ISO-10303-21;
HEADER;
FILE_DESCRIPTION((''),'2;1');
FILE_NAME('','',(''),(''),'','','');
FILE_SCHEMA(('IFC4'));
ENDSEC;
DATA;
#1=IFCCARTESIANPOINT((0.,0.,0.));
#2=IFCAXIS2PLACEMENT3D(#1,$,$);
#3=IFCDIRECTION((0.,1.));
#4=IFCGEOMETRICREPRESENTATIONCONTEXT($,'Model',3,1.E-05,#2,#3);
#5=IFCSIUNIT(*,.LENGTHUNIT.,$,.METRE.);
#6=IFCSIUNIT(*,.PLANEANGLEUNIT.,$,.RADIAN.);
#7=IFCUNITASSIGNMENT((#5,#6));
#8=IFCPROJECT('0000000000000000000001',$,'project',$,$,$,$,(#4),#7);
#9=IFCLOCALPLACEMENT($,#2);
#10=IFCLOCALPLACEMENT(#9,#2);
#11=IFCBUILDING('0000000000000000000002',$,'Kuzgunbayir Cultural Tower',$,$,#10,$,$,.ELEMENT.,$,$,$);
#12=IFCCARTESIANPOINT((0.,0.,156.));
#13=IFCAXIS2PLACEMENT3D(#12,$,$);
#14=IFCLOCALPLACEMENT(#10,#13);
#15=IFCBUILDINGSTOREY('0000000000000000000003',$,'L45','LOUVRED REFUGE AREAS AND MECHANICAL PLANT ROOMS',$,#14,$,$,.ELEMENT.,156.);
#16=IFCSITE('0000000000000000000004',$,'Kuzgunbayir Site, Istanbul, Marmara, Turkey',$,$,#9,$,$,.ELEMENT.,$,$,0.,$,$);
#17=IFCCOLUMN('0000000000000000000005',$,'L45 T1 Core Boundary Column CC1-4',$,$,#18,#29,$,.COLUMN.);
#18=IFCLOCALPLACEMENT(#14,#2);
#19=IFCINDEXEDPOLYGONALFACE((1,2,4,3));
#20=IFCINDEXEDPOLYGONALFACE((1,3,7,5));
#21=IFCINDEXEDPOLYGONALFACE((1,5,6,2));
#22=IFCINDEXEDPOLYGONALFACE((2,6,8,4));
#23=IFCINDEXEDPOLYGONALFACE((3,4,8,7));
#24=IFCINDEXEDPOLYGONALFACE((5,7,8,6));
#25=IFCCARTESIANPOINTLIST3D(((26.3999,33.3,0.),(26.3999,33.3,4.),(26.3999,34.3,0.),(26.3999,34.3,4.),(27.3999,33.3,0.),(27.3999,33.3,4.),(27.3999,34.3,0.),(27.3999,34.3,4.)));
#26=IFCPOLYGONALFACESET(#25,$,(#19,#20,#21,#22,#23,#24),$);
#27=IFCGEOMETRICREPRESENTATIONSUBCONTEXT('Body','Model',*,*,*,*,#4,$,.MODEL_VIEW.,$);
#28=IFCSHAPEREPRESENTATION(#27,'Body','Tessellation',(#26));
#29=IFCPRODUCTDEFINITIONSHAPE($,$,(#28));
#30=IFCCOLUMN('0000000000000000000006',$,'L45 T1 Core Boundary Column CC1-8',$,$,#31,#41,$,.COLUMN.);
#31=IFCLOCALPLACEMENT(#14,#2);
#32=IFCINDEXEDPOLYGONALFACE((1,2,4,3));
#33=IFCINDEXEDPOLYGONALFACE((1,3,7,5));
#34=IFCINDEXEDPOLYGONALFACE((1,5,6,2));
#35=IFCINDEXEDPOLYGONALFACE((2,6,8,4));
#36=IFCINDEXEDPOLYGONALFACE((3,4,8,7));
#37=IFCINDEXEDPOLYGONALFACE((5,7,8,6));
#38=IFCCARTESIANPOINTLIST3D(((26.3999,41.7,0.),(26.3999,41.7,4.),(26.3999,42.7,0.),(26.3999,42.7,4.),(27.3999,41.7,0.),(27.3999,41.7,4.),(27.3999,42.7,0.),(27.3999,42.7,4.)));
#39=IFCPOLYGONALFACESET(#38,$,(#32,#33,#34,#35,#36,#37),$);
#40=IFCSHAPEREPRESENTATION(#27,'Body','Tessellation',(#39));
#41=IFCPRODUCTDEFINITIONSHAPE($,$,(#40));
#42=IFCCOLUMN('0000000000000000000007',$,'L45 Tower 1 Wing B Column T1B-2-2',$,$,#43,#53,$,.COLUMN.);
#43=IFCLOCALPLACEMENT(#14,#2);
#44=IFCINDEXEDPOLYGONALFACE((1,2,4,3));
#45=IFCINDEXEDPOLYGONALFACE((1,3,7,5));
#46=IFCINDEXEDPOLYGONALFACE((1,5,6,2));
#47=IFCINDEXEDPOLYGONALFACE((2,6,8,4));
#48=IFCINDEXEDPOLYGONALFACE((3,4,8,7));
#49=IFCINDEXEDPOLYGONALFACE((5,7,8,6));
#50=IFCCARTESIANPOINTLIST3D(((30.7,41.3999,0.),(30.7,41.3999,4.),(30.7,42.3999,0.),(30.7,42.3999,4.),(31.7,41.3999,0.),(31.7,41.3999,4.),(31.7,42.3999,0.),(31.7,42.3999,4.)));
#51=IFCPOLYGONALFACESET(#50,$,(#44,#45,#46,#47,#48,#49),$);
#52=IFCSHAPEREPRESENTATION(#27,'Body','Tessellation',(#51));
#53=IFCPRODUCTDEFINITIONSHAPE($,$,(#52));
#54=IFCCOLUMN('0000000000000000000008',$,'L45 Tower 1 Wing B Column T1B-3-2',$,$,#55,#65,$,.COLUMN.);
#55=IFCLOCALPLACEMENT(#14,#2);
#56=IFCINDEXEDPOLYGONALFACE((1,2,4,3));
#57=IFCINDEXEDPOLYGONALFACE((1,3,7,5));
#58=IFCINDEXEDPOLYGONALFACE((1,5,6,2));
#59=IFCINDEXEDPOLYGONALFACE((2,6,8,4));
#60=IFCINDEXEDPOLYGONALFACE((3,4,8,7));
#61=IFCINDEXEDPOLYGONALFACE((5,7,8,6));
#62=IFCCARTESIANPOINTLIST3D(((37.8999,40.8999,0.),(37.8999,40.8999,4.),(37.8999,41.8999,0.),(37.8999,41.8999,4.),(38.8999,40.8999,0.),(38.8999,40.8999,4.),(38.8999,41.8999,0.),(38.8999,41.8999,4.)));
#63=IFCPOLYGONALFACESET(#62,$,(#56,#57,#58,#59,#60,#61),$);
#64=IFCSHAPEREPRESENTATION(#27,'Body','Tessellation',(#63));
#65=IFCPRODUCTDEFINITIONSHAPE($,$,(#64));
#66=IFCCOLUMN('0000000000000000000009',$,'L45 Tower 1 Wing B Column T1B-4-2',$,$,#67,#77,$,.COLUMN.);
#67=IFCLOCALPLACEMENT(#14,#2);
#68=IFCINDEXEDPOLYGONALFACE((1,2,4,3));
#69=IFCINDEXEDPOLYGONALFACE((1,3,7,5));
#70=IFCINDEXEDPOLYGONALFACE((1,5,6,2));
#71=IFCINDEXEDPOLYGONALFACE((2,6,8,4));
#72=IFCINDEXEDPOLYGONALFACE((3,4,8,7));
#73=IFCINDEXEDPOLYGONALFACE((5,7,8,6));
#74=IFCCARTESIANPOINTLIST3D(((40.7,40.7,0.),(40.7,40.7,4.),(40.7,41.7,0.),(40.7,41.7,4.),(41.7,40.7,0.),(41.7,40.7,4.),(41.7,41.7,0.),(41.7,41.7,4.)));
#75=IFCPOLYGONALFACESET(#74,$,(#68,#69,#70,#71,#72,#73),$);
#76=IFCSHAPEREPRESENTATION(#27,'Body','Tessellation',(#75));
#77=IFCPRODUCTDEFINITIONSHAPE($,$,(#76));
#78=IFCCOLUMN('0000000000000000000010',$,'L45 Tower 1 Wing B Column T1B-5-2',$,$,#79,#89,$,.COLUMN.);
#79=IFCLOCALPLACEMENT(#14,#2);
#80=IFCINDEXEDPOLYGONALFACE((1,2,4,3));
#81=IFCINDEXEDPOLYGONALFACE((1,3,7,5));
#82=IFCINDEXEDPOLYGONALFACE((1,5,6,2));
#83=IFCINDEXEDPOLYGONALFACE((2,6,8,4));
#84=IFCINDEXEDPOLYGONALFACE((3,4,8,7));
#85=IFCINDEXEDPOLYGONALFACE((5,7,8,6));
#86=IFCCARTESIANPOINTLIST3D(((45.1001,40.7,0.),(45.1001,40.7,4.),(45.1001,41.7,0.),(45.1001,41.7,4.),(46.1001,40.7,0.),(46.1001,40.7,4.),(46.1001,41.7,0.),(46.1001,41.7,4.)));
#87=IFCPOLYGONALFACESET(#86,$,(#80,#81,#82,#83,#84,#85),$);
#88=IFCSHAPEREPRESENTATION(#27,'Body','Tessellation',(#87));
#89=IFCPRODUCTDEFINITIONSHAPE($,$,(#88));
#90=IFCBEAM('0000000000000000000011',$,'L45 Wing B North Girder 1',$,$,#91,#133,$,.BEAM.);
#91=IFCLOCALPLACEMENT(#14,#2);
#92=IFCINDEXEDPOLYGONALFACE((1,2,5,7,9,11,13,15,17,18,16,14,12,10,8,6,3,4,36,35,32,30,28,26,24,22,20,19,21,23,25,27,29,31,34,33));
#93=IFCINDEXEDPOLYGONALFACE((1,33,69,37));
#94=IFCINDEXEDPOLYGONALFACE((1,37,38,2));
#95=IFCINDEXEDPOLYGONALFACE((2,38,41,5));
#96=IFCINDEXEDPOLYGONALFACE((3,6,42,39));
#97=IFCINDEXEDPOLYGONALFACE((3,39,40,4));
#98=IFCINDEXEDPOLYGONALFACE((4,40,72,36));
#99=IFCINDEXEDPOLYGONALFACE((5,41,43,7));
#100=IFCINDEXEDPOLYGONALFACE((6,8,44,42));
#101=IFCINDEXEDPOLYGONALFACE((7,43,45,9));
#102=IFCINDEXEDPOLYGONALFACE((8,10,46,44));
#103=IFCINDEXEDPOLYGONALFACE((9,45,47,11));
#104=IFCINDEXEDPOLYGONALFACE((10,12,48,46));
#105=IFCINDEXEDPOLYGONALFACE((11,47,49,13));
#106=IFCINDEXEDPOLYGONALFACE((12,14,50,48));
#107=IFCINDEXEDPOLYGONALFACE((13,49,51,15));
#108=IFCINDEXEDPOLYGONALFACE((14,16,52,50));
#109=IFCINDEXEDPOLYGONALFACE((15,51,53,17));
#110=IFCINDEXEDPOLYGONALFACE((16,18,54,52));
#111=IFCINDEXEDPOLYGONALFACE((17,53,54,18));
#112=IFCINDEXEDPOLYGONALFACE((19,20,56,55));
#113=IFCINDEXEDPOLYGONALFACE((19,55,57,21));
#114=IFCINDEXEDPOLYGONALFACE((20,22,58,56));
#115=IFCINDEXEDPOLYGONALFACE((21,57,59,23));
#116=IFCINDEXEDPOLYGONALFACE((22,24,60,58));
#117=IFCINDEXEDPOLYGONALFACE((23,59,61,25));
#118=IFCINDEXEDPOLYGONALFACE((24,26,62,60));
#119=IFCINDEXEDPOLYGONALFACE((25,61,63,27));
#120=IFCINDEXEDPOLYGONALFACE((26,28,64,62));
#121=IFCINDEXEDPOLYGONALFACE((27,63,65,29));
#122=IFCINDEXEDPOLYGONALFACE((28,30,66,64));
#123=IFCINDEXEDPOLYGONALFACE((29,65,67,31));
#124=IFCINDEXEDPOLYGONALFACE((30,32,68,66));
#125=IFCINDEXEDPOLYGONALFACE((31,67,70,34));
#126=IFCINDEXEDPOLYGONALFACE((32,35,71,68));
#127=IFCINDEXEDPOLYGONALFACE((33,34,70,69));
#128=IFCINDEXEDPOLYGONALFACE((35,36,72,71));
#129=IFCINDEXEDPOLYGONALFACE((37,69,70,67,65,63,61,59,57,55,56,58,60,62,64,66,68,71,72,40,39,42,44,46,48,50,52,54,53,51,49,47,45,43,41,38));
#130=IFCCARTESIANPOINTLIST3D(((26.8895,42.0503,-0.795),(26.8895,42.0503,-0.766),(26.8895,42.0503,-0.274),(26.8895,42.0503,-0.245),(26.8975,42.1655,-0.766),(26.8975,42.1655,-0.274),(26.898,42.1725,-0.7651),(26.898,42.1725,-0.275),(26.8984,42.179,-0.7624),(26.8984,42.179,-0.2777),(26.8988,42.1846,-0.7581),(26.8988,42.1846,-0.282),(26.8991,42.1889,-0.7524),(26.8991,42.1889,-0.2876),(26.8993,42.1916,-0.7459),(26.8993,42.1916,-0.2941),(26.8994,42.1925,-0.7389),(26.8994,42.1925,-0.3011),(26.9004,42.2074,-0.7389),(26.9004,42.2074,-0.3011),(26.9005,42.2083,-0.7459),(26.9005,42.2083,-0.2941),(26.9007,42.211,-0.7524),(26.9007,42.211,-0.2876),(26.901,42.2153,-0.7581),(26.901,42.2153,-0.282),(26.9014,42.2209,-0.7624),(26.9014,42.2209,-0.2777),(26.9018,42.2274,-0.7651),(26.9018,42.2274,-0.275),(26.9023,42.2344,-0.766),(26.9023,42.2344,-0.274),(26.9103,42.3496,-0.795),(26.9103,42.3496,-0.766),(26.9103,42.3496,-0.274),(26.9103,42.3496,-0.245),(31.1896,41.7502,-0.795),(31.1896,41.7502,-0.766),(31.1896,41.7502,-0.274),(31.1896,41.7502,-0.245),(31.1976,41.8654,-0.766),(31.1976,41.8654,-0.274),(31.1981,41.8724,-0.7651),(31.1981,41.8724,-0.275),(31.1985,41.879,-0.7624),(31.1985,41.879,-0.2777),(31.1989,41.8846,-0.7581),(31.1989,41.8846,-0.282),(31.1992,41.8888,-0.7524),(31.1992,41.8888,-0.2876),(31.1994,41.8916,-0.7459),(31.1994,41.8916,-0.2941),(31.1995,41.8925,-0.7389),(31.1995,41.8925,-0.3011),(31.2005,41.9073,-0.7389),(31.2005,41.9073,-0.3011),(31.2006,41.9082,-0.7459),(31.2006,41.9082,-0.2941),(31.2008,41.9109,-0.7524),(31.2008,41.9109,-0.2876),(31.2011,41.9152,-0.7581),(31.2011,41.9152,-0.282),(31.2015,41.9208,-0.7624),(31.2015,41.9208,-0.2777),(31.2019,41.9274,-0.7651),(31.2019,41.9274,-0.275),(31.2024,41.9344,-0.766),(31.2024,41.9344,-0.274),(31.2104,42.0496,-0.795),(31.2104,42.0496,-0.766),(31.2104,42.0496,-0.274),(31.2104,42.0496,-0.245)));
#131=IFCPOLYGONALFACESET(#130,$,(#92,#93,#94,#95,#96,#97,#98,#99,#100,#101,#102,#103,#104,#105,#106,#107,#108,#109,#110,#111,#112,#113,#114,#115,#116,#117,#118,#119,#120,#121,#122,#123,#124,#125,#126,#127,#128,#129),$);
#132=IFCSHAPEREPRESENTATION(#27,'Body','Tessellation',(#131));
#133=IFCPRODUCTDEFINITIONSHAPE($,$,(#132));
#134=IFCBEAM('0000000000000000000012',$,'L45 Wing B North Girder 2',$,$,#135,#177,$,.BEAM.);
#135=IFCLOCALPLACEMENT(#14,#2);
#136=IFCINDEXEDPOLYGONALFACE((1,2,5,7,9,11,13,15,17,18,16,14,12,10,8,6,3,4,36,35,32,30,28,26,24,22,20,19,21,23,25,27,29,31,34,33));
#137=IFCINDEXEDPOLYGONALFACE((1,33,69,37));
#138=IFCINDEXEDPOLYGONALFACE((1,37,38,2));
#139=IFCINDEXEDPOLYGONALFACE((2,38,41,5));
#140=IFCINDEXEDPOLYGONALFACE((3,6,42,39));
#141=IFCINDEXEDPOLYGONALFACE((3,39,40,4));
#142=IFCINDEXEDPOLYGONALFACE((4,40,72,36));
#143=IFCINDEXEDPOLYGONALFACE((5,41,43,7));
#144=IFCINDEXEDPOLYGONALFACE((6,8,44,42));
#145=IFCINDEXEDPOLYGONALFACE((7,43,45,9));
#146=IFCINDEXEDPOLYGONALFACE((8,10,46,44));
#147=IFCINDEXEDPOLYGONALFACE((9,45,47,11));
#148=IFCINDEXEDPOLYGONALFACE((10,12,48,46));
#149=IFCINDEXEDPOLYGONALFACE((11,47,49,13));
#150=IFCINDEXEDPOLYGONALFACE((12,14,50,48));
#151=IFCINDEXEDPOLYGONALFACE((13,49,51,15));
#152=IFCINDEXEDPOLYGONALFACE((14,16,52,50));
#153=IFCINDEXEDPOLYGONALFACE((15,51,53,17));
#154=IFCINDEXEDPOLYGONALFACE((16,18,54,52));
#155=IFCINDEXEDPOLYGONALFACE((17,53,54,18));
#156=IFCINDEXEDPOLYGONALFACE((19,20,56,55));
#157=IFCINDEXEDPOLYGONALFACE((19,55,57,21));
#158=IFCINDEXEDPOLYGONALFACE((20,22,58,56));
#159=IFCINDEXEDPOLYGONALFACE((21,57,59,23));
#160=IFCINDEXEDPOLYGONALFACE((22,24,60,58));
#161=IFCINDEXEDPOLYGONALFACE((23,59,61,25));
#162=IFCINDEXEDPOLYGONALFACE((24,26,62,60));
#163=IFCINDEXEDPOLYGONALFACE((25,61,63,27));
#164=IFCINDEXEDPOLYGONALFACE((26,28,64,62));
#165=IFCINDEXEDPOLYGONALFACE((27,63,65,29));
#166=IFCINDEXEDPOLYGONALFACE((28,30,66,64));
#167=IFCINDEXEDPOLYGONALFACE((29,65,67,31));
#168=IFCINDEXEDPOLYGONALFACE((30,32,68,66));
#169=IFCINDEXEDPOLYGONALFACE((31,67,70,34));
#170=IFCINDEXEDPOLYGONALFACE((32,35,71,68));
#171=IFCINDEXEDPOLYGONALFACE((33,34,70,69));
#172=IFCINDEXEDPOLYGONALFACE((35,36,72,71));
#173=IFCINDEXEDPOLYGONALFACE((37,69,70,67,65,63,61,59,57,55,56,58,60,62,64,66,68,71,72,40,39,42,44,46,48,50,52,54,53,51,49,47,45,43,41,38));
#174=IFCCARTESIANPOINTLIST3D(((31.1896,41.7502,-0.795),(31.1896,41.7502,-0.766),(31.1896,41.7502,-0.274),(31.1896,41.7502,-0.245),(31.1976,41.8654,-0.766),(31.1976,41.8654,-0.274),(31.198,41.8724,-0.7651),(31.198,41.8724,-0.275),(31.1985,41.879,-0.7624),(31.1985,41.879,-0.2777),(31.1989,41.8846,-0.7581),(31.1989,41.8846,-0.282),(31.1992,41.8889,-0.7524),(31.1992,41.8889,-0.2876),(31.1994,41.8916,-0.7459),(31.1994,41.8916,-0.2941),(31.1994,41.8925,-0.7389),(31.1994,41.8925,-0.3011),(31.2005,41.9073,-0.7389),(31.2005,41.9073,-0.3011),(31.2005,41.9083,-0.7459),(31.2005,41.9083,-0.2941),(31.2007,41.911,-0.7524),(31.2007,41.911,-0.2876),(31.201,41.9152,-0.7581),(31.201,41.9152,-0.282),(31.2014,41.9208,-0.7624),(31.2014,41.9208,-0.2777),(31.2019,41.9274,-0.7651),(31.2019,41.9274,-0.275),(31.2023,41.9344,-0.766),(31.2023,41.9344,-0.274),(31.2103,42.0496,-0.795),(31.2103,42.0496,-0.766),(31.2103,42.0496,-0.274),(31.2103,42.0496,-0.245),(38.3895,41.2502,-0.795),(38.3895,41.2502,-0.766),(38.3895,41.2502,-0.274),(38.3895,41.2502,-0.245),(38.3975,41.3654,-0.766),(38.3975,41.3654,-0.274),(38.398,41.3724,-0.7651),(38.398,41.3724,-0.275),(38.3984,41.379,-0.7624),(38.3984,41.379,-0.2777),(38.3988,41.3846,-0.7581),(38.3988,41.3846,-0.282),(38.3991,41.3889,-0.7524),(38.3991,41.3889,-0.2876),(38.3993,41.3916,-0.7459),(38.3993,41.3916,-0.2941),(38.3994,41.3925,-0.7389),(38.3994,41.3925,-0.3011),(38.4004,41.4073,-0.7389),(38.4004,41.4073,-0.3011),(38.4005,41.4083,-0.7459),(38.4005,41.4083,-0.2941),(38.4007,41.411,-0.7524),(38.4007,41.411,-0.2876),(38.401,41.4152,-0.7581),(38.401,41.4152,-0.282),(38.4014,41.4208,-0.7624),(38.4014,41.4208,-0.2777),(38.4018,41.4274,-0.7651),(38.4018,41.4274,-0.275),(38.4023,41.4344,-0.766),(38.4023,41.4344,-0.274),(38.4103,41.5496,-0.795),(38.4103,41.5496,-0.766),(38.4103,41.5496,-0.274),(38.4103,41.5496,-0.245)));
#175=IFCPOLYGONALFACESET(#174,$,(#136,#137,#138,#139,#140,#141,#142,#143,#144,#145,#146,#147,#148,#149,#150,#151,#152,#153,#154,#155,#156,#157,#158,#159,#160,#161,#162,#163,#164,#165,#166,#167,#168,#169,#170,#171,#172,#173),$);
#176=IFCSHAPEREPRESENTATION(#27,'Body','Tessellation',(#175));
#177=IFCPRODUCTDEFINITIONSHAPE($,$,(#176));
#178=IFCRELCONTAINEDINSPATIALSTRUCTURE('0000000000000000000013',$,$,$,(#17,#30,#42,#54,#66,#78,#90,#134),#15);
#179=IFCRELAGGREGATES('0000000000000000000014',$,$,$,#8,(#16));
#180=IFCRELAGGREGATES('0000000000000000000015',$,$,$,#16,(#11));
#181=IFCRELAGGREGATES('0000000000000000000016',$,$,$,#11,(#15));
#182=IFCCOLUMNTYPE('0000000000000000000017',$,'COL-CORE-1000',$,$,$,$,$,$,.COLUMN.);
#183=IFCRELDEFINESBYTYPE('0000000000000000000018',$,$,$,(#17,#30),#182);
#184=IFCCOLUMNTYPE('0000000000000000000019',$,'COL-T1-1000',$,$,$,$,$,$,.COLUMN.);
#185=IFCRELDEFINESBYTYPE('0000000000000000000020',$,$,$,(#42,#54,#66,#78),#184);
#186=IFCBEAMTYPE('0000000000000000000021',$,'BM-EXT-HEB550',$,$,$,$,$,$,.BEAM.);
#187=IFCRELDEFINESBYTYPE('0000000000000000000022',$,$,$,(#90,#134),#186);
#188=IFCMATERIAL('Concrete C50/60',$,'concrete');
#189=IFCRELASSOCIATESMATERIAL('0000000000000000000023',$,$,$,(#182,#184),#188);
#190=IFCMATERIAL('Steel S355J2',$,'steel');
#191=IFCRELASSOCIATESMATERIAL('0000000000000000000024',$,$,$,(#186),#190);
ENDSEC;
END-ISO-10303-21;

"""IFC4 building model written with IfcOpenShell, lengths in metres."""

from ifc_helpers import new_model, si_unit, direction, frame, origin, origin_2d, place, context, subcontext, project, spatial, rectangle, i_section, extrude, material, material_profile, profile_set, type_object, element, save


model = new_model("IFC4")

# Units and contexts
model_context = context("Model", 3, precision=1e-05, world=origin(), true_north=direction((0.0, 1.0)))
body_context = subcontext(model_context, "Body", "Model", "MODEL_VIEW")
ifc_project = project(units=[si_unit("LENGTHUNIT", "METRE"), si_unit("PLANEANGLEUNIT", "RADIAN")], contexts=[model_context])

# Site, building, storey
site_placement = place(None, origin())
site = spatial("IfcSite", under=ifc_project, at=site_placement, Name="Kuzgunbayir Site, Istanbul, Marmara, Turkey", CompositionType="ELEMENT", RefElevation=0.0)
building_placement = place(site_placement, origin())
building = spatial("IfcBuilding", under=site, at=building_placement, Name="Kuzgunbayir Cultural Tower", CompositionType="ELEMENT")
storey_placement = place(building_placement, frame((0.0, 0.0, 156.0)))
storey = spatial("IfcBuildingStorey", under=building, at=storey_placement, Name="L45", Description="LOUVRED REFUGE AREAS AND MECHANICAL PLANT ROOMS", CompositionType="ELEMENT", Elevation=156.0)

# Columns
ifc_material_1 = material(Name="Concrete C50/60", Category="concrete")
ifc_material_profile_1 = material_profile(ifc_material_1, rectangle(XDim=1.0, YDim=1.0, at=origin_2d()), Name="RC 1000x1000")
ifc_profile_set_1 = profile_set([ifc_material_profile_1], Name="Concrete C50/60")
column_type_1 = type_object("IfcColumnType", Name="COL-CORE-1000", PredefinedType="COLUMN", material=ifc_profile_set_1)
for number, where, z_axis, x_axis, name in (
    (1, (26.8999, 33.8, 0.0), (0.0, 0.0, 1.0), (1.0, 0.0, 0.0), "L45 T1 Core Boundary Column CC1-4"),
    (2, (26.8999, 42.2, 0.0), (0.0, 0.0, 1.0), (1.0, 0.0, 0.0), "L45 T1 Core Boundary Column CC1-8"),
):
    element("IfcColumn", number, at=place(storey_placement, frame(where, z_axis=z_axis, x_axis=x_axis)), inside=storey, type_object=column_type_1, Name=name, PredefinedType="COLUMN", context=body_context, shape_type="SweptSolid", body=[
        extrude(rectangle(XDim=1.0, YDim=1.0, at=origin_2d()), origin(), (0.0, 0.0, 1.0), 4.0),
    ])
ifc_material_profile_2 = material_profile(ifc_material_1, rectangle(XDim=1.0, YDim=1.0, at=origin_2d()), Name="RC 1000x1000")
ifc_profile_set_2 = profile_set([ifc_material_profile_2], Name="Concrete C50/60")
column_type_2 = type_object("IfcColumnType", Name="COL-T1-1000", PredefinedType="COLUMN", material=ifc_profile_set_2)
for number, where, z_axis, x_axis, name in (
    (3, (31.2, 41.8999, 0.0), (0.0, 0.0, 1.0), (1.0, 0.0, 0.0), "L45 Tower 1 Wing B Column T1B-2-2"),
    (4, (38.3999, 41.3999, 0.0), (0.0, 0.0, 1.0), (1.0, 0.0, 0.0), "L45 Tower 1 Wing B Column T1B-3-2"),
    (5, (41.2, 41.2, 0.0), (0.0, 0.0, 1.0), (1.0, 0.0, 0.0), "L45 Tower 1 Wing B Column T1B-4-2"),
    (6, (45.6001, 41.2, 0.0), (0.0, 0.0, 1.0), (1.0, 0.0, 0.0), "L45 Tower 1 Wing B Column T1B-5-2"),
):
    element("IfcColumn", number, at=place(storey_placement, frame(where, z_axis=z_axis, x_axis=x_axis)), inside=storey, type_object=column_type_2, Name=name, PredefinedType="COLUMN", context=body_context, shape_type="SweptSolid", body=[
        extrude(rectangle(XDim=1.0, YDim=1.0, at=origin_2d()), origin(), (0.0, 0.0, 1.0), 4.0),
    ])

# Beams
ifc_material_2 = material(Name="Steel S355J2", Category="steel")
ifc_material_profile_3 = material_profile(ifc_material_2, i_section(OverallWidth=0.3, OverallDepth=0.55, WebThickness=0.0149, FlangeThickness=0.0291, FilletRadius=0.0271, at=origin_2d()), Name="HEB 550")
ifc_profile_set_3 = profile_set([ifc_material_profile_3], Name="Steel S355J2")
beam_type_1 = type_object("IfcBeamType", Name="BM-EXT-HEB550", PredefinedType="BEAM", material=ifc_profile_set_3)
beam_1_placement = place(storey_placement, frame((26.8999, 42.2, -0.52), z_axis=(0.997574, -0.069609, 0.0), x_axis=(0.069609, 0.997574, 0.0)))
element("IfcBeam", 7, at=beam_1_placement, inside=storey, type_object=beam_type_1, Name="L45 Wing B North Girder 1", PredefinedType="BEAM", context=body_context, shape_type="SweptSolid", body=[
    extrude(i_section(OverallWidth=0.3, OverallDepth=0.55, WebThickness=0.0149, FlangeThickness=0.0291, FilletRadius=0.0271, at=origin_2d()), origin(), (0.0, 0.0, 1.0), 4.3105),
])
beam_2_placement = place(storey_placement, frame((31.2, 41.8999, -0.52), z_axis=(0.997597, -0.069278, 0.0), x_axis=(0.069278, 0.997597, 0.0)))
element("IfcBeam", 8, at=beam_2_placement, inside=storey, type_object=beam_type_1, Name="L45 Wing B North Girder 2", PredefinedType="BEAM", context=body_context, shape_type="SweptSolid", body=[
    extrude(i_section(OverallWidth=0.3, OverallDepth=0.55, WebThickness=0.0149, FlangeThickness=0.0291, FilletRadius=0.0271, at=origin_2d()), origin(), (0.0, 0.0, 1.0), 7.2173),
])

save(model, "model.ifc")
